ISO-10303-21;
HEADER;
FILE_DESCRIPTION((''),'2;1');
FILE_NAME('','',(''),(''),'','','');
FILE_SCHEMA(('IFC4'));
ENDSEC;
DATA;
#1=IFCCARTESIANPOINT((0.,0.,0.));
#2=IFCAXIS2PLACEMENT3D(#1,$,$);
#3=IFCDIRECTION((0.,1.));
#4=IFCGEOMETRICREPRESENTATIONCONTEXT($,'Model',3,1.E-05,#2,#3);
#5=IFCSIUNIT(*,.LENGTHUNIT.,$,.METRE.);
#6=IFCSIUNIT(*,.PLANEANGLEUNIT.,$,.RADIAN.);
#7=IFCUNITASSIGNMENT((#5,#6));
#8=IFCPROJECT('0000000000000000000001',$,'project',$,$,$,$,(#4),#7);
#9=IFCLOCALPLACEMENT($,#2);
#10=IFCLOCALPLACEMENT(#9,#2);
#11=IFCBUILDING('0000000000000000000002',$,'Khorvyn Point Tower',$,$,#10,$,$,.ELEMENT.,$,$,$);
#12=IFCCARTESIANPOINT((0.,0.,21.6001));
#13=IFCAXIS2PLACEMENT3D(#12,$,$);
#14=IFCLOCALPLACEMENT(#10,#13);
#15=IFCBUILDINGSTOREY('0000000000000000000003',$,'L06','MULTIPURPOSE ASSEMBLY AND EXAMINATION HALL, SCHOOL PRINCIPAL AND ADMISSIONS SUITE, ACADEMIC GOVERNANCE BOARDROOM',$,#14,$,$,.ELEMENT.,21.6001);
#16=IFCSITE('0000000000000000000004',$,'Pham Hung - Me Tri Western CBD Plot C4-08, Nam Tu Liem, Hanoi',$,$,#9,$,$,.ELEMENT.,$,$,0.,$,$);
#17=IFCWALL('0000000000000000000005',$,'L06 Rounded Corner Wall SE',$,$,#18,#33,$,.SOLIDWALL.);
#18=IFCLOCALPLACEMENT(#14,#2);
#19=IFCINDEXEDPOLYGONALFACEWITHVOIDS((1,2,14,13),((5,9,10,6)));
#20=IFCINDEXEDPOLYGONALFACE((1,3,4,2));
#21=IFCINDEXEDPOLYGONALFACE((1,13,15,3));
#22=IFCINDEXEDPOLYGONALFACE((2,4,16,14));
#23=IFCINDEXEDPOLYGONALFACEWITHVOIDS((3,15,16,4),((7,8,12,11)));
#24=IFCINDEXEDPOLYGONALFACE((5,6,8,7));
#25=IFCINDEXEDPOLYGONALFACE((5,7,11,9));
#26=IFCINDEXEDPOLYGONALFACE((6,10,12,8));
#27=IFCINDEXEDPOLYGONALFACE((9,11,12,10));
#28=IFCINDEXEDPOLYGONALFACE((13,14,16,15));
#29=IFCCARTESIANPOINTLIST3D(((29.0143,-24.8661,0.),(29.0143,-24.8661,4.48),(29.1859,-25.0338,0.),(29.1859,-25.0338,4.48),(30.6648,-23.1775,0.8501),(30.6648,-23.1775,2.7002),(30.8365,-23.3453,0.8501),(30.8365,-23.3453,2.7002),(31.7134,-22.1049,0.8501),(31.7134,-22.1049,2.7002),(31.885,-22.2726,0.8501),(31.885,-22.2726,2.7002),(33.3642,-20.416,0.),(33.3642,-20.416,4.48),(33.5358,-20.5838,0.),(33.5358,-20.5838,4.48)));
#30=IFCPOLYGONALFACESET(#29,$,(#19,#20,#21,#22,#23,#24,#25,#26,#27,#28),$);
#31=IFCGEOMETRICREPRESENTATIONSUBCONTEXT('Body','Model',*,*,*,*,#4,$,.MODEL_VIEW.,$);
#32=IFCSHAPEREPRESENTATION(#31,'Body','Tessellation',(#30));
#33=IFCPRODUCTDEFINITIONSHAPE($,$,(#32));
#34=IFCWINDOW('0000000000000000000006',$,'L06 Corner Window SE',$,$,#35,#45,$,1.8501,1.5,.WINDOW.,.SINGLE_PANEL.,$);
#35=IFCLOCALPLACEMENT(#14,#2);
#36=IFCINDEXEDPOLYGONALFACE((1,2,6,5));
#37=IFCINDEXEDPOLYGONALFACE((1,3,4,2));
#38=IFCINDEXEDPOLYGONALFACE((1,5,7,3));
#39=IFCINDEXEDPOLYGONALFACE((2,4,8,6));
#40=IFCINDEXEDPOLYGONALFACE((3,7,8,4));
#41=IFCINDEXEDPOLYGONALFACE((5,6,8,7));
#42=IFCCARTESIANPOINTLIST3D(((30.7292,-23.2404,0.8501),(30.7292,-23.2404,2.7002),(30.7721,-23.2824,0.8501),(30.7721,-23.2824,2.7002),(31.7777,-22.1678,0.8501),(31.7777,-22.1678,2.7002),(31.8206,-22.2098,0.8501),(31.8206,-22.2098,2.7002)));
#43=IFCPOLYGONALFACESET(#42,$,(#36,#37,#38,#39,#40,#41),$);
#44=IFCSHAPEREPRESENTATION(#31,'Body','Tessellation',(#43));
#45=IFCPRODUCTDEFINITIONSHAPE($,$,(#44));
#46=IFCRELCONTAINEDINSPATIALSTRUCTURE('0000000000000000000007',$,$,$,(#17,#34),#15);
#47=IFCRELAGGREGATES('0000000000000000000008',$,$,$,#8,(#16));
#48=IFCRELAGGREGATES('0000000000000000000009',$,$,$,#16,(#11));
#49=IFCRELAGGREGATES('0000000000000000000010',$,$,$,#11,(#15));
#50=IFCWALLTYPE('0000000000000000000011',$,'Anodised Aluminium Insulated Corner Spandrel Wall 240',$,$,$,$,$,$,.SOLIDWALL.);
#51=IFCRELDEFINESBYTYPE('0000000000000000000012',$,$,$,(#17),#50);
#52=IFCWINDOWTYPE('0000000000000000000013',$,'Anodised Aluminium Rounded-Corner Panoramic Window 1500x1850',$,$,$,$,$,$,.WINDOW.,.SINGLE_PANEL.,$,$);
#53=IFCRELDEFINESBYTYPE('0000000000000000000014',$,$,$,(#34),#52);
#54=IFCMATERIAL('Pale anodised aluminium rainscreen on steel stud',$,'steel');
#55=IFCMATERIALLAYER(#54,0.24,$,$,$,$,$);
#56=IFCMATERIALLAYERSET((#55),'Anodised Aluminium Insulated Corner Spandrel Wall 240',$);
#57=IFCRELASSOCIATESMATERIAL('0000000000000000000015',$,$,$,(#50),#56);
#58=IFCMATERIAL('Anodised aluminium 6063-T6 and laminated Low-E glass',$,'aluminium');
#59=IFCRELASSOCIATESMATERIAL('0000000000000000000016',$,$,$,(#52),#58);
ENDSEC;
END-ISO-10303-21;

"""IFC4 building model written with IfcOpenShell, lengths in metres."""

from ifc_helpers import new_model, si_unit, direction, frame, frame_2d, origin, place, context, subcontext, project, spatial, rectangle, extrude, material, layer, layer_set, type_object, element, fill, save


model = new_model("IFC4")

# Units and contexts
model_context = context("Model", 3, precision=1e-05, world=origin(), true_north=direction((0.0, 1.0)))
body_context = subcontext(model_context, "Body", "Model", "MODEL_VIEW")
ifc_project = project(units=[si_unit("LENGTHUNIT", "METRE"), si_unit("PLANEANGLEUNIT", "RADIAN")], contexts=[model_context])

# Site, building, storey
site_placement = place(None, origin())
site = spatial("IfcSite", under=ifc_project, at=site_placement, Name="Pham Hung - Me Tri Western CBD Plot C4-08, Nam Tu Liem, Hanoi", CompositionType="ELEMENT", RefElevation=0.0)
building_placement = place(site_placement, origin())
building = spatial("IfcBuilding", under=site, at=building_placement, Name="Khorvyn Point Tower", CompositionType="ELEMENT")
storey_placement = place(building_placement, frame((0.0, 0.0, 21.6001)))
storey = spatial("IfcBuildingStorey", under=building, at=storey_placement, Name="L06", Description="MULTIPURPOSE ASSEMBLY AND EXAMINATION HALL, SCHOOL PRINCIPAL AND ADMISSIONS SUITE, ACADEMIC GOVERNANCE BOARDROOM", CompositionType="ELEMENT", Elevation=21.6001)

# Wall, opening, window
ifc_material_1 = material(Name="Pale anodised aluminium rainscreen on steel stud", Category="steel")
ifc_layer_1 = layer(ifc_material_1, 0.24)
ifc_layer_set_1 = layer_set([ifc_layer_1], Name="Anodised Aluminium Insulated Corner Spandrel Wall 240")
wall_type_1 = type_object("IfcWallType", Name="Anodised Aluminium Insulated Corner Spandrel Wall 240", PredefinedType="SOLIDWALL", material=ifc_layer_set_1)
wall_1_placement = place(storey_placement, frame((33.45, -20.5, 0.0), z_axis=(0.0, 0.0, 1.0), x_axis=(-0.699018, -0.715104, 0.0)))
wall_1 = element("IfcWall", 1, at=wall_1_placement, inside=storey, type_object=wall_type_1, Name="L06 Rounded Corner Wall SE", PredefinedType="SOLIDWALL", context=body_context, shape_type="SweptSolid", body=[
    extrude(rectangle(XDim=6.2229, YDim=0.24, at=frame_2d((3.1113, 0.0))), origin(), (0.0, 0.0, 1.0), 4.48),
])
opening_1_placement = place(wall_1_placement, frame((2.3616, 0.0, 0.8501)))
opening_1 = element("IfcOpeningElement", 2, at=opening_1_placement, cuts=wall_1, PredefinedType="OPENING", context=body_context, shape_type="SweptSolid", body=[
    extrude(rectangle(XDim=1.5, YDim=1.8501, at=frame_2d((0.75, 0.925))), frame((0.0, 0.1299, 0.0), z_axis=(0.0, -1.0, 0.0), x_axis=(1.0, 0.0, 0.0)), (0.0, 0.0, 1.0), 0.26),
])
ifc_material_2 = material(Name="Anodised aluminium 6063-T6 and laminated Low-E glass", Category="aluminium")
window_type_1 = type_object("IfcWindowType", Name="Anodised Aluminium Rounded-Corner Panoramic Window 1500x1850", PartitioningType="SINGLE_PANEL", PredefinedType="WINDOW", material=ifc_material_2)
window_1_placement = place(opening_1_placement, origin())
window_1 = element("IfcWindow", 3, at=window_1_placement, inside=storey, type_object=window_type_1, Name="L06 Corner Window SE", OverallHeight=1.8501, OverallWidth=1.5, PartitioningType="SINGLE_PANEL", PredefinedType="WINDOW", context=body_context, shape_type="SweptSolid", body=[
    extrude(rectangle(XDim=1.5, YDim=1.8501, at=frame_2d((0.75, 0.925))), frame((0.0, 0.03, 0.0), z_axis=(0.0, -1.0, 0.0), x_axis=(1.0, 0.0, 0.0)), (0.0, 0.0, 1.0), 0.0601),
])
fill(opening_1, window_1)

save(model, "model.ifc")
